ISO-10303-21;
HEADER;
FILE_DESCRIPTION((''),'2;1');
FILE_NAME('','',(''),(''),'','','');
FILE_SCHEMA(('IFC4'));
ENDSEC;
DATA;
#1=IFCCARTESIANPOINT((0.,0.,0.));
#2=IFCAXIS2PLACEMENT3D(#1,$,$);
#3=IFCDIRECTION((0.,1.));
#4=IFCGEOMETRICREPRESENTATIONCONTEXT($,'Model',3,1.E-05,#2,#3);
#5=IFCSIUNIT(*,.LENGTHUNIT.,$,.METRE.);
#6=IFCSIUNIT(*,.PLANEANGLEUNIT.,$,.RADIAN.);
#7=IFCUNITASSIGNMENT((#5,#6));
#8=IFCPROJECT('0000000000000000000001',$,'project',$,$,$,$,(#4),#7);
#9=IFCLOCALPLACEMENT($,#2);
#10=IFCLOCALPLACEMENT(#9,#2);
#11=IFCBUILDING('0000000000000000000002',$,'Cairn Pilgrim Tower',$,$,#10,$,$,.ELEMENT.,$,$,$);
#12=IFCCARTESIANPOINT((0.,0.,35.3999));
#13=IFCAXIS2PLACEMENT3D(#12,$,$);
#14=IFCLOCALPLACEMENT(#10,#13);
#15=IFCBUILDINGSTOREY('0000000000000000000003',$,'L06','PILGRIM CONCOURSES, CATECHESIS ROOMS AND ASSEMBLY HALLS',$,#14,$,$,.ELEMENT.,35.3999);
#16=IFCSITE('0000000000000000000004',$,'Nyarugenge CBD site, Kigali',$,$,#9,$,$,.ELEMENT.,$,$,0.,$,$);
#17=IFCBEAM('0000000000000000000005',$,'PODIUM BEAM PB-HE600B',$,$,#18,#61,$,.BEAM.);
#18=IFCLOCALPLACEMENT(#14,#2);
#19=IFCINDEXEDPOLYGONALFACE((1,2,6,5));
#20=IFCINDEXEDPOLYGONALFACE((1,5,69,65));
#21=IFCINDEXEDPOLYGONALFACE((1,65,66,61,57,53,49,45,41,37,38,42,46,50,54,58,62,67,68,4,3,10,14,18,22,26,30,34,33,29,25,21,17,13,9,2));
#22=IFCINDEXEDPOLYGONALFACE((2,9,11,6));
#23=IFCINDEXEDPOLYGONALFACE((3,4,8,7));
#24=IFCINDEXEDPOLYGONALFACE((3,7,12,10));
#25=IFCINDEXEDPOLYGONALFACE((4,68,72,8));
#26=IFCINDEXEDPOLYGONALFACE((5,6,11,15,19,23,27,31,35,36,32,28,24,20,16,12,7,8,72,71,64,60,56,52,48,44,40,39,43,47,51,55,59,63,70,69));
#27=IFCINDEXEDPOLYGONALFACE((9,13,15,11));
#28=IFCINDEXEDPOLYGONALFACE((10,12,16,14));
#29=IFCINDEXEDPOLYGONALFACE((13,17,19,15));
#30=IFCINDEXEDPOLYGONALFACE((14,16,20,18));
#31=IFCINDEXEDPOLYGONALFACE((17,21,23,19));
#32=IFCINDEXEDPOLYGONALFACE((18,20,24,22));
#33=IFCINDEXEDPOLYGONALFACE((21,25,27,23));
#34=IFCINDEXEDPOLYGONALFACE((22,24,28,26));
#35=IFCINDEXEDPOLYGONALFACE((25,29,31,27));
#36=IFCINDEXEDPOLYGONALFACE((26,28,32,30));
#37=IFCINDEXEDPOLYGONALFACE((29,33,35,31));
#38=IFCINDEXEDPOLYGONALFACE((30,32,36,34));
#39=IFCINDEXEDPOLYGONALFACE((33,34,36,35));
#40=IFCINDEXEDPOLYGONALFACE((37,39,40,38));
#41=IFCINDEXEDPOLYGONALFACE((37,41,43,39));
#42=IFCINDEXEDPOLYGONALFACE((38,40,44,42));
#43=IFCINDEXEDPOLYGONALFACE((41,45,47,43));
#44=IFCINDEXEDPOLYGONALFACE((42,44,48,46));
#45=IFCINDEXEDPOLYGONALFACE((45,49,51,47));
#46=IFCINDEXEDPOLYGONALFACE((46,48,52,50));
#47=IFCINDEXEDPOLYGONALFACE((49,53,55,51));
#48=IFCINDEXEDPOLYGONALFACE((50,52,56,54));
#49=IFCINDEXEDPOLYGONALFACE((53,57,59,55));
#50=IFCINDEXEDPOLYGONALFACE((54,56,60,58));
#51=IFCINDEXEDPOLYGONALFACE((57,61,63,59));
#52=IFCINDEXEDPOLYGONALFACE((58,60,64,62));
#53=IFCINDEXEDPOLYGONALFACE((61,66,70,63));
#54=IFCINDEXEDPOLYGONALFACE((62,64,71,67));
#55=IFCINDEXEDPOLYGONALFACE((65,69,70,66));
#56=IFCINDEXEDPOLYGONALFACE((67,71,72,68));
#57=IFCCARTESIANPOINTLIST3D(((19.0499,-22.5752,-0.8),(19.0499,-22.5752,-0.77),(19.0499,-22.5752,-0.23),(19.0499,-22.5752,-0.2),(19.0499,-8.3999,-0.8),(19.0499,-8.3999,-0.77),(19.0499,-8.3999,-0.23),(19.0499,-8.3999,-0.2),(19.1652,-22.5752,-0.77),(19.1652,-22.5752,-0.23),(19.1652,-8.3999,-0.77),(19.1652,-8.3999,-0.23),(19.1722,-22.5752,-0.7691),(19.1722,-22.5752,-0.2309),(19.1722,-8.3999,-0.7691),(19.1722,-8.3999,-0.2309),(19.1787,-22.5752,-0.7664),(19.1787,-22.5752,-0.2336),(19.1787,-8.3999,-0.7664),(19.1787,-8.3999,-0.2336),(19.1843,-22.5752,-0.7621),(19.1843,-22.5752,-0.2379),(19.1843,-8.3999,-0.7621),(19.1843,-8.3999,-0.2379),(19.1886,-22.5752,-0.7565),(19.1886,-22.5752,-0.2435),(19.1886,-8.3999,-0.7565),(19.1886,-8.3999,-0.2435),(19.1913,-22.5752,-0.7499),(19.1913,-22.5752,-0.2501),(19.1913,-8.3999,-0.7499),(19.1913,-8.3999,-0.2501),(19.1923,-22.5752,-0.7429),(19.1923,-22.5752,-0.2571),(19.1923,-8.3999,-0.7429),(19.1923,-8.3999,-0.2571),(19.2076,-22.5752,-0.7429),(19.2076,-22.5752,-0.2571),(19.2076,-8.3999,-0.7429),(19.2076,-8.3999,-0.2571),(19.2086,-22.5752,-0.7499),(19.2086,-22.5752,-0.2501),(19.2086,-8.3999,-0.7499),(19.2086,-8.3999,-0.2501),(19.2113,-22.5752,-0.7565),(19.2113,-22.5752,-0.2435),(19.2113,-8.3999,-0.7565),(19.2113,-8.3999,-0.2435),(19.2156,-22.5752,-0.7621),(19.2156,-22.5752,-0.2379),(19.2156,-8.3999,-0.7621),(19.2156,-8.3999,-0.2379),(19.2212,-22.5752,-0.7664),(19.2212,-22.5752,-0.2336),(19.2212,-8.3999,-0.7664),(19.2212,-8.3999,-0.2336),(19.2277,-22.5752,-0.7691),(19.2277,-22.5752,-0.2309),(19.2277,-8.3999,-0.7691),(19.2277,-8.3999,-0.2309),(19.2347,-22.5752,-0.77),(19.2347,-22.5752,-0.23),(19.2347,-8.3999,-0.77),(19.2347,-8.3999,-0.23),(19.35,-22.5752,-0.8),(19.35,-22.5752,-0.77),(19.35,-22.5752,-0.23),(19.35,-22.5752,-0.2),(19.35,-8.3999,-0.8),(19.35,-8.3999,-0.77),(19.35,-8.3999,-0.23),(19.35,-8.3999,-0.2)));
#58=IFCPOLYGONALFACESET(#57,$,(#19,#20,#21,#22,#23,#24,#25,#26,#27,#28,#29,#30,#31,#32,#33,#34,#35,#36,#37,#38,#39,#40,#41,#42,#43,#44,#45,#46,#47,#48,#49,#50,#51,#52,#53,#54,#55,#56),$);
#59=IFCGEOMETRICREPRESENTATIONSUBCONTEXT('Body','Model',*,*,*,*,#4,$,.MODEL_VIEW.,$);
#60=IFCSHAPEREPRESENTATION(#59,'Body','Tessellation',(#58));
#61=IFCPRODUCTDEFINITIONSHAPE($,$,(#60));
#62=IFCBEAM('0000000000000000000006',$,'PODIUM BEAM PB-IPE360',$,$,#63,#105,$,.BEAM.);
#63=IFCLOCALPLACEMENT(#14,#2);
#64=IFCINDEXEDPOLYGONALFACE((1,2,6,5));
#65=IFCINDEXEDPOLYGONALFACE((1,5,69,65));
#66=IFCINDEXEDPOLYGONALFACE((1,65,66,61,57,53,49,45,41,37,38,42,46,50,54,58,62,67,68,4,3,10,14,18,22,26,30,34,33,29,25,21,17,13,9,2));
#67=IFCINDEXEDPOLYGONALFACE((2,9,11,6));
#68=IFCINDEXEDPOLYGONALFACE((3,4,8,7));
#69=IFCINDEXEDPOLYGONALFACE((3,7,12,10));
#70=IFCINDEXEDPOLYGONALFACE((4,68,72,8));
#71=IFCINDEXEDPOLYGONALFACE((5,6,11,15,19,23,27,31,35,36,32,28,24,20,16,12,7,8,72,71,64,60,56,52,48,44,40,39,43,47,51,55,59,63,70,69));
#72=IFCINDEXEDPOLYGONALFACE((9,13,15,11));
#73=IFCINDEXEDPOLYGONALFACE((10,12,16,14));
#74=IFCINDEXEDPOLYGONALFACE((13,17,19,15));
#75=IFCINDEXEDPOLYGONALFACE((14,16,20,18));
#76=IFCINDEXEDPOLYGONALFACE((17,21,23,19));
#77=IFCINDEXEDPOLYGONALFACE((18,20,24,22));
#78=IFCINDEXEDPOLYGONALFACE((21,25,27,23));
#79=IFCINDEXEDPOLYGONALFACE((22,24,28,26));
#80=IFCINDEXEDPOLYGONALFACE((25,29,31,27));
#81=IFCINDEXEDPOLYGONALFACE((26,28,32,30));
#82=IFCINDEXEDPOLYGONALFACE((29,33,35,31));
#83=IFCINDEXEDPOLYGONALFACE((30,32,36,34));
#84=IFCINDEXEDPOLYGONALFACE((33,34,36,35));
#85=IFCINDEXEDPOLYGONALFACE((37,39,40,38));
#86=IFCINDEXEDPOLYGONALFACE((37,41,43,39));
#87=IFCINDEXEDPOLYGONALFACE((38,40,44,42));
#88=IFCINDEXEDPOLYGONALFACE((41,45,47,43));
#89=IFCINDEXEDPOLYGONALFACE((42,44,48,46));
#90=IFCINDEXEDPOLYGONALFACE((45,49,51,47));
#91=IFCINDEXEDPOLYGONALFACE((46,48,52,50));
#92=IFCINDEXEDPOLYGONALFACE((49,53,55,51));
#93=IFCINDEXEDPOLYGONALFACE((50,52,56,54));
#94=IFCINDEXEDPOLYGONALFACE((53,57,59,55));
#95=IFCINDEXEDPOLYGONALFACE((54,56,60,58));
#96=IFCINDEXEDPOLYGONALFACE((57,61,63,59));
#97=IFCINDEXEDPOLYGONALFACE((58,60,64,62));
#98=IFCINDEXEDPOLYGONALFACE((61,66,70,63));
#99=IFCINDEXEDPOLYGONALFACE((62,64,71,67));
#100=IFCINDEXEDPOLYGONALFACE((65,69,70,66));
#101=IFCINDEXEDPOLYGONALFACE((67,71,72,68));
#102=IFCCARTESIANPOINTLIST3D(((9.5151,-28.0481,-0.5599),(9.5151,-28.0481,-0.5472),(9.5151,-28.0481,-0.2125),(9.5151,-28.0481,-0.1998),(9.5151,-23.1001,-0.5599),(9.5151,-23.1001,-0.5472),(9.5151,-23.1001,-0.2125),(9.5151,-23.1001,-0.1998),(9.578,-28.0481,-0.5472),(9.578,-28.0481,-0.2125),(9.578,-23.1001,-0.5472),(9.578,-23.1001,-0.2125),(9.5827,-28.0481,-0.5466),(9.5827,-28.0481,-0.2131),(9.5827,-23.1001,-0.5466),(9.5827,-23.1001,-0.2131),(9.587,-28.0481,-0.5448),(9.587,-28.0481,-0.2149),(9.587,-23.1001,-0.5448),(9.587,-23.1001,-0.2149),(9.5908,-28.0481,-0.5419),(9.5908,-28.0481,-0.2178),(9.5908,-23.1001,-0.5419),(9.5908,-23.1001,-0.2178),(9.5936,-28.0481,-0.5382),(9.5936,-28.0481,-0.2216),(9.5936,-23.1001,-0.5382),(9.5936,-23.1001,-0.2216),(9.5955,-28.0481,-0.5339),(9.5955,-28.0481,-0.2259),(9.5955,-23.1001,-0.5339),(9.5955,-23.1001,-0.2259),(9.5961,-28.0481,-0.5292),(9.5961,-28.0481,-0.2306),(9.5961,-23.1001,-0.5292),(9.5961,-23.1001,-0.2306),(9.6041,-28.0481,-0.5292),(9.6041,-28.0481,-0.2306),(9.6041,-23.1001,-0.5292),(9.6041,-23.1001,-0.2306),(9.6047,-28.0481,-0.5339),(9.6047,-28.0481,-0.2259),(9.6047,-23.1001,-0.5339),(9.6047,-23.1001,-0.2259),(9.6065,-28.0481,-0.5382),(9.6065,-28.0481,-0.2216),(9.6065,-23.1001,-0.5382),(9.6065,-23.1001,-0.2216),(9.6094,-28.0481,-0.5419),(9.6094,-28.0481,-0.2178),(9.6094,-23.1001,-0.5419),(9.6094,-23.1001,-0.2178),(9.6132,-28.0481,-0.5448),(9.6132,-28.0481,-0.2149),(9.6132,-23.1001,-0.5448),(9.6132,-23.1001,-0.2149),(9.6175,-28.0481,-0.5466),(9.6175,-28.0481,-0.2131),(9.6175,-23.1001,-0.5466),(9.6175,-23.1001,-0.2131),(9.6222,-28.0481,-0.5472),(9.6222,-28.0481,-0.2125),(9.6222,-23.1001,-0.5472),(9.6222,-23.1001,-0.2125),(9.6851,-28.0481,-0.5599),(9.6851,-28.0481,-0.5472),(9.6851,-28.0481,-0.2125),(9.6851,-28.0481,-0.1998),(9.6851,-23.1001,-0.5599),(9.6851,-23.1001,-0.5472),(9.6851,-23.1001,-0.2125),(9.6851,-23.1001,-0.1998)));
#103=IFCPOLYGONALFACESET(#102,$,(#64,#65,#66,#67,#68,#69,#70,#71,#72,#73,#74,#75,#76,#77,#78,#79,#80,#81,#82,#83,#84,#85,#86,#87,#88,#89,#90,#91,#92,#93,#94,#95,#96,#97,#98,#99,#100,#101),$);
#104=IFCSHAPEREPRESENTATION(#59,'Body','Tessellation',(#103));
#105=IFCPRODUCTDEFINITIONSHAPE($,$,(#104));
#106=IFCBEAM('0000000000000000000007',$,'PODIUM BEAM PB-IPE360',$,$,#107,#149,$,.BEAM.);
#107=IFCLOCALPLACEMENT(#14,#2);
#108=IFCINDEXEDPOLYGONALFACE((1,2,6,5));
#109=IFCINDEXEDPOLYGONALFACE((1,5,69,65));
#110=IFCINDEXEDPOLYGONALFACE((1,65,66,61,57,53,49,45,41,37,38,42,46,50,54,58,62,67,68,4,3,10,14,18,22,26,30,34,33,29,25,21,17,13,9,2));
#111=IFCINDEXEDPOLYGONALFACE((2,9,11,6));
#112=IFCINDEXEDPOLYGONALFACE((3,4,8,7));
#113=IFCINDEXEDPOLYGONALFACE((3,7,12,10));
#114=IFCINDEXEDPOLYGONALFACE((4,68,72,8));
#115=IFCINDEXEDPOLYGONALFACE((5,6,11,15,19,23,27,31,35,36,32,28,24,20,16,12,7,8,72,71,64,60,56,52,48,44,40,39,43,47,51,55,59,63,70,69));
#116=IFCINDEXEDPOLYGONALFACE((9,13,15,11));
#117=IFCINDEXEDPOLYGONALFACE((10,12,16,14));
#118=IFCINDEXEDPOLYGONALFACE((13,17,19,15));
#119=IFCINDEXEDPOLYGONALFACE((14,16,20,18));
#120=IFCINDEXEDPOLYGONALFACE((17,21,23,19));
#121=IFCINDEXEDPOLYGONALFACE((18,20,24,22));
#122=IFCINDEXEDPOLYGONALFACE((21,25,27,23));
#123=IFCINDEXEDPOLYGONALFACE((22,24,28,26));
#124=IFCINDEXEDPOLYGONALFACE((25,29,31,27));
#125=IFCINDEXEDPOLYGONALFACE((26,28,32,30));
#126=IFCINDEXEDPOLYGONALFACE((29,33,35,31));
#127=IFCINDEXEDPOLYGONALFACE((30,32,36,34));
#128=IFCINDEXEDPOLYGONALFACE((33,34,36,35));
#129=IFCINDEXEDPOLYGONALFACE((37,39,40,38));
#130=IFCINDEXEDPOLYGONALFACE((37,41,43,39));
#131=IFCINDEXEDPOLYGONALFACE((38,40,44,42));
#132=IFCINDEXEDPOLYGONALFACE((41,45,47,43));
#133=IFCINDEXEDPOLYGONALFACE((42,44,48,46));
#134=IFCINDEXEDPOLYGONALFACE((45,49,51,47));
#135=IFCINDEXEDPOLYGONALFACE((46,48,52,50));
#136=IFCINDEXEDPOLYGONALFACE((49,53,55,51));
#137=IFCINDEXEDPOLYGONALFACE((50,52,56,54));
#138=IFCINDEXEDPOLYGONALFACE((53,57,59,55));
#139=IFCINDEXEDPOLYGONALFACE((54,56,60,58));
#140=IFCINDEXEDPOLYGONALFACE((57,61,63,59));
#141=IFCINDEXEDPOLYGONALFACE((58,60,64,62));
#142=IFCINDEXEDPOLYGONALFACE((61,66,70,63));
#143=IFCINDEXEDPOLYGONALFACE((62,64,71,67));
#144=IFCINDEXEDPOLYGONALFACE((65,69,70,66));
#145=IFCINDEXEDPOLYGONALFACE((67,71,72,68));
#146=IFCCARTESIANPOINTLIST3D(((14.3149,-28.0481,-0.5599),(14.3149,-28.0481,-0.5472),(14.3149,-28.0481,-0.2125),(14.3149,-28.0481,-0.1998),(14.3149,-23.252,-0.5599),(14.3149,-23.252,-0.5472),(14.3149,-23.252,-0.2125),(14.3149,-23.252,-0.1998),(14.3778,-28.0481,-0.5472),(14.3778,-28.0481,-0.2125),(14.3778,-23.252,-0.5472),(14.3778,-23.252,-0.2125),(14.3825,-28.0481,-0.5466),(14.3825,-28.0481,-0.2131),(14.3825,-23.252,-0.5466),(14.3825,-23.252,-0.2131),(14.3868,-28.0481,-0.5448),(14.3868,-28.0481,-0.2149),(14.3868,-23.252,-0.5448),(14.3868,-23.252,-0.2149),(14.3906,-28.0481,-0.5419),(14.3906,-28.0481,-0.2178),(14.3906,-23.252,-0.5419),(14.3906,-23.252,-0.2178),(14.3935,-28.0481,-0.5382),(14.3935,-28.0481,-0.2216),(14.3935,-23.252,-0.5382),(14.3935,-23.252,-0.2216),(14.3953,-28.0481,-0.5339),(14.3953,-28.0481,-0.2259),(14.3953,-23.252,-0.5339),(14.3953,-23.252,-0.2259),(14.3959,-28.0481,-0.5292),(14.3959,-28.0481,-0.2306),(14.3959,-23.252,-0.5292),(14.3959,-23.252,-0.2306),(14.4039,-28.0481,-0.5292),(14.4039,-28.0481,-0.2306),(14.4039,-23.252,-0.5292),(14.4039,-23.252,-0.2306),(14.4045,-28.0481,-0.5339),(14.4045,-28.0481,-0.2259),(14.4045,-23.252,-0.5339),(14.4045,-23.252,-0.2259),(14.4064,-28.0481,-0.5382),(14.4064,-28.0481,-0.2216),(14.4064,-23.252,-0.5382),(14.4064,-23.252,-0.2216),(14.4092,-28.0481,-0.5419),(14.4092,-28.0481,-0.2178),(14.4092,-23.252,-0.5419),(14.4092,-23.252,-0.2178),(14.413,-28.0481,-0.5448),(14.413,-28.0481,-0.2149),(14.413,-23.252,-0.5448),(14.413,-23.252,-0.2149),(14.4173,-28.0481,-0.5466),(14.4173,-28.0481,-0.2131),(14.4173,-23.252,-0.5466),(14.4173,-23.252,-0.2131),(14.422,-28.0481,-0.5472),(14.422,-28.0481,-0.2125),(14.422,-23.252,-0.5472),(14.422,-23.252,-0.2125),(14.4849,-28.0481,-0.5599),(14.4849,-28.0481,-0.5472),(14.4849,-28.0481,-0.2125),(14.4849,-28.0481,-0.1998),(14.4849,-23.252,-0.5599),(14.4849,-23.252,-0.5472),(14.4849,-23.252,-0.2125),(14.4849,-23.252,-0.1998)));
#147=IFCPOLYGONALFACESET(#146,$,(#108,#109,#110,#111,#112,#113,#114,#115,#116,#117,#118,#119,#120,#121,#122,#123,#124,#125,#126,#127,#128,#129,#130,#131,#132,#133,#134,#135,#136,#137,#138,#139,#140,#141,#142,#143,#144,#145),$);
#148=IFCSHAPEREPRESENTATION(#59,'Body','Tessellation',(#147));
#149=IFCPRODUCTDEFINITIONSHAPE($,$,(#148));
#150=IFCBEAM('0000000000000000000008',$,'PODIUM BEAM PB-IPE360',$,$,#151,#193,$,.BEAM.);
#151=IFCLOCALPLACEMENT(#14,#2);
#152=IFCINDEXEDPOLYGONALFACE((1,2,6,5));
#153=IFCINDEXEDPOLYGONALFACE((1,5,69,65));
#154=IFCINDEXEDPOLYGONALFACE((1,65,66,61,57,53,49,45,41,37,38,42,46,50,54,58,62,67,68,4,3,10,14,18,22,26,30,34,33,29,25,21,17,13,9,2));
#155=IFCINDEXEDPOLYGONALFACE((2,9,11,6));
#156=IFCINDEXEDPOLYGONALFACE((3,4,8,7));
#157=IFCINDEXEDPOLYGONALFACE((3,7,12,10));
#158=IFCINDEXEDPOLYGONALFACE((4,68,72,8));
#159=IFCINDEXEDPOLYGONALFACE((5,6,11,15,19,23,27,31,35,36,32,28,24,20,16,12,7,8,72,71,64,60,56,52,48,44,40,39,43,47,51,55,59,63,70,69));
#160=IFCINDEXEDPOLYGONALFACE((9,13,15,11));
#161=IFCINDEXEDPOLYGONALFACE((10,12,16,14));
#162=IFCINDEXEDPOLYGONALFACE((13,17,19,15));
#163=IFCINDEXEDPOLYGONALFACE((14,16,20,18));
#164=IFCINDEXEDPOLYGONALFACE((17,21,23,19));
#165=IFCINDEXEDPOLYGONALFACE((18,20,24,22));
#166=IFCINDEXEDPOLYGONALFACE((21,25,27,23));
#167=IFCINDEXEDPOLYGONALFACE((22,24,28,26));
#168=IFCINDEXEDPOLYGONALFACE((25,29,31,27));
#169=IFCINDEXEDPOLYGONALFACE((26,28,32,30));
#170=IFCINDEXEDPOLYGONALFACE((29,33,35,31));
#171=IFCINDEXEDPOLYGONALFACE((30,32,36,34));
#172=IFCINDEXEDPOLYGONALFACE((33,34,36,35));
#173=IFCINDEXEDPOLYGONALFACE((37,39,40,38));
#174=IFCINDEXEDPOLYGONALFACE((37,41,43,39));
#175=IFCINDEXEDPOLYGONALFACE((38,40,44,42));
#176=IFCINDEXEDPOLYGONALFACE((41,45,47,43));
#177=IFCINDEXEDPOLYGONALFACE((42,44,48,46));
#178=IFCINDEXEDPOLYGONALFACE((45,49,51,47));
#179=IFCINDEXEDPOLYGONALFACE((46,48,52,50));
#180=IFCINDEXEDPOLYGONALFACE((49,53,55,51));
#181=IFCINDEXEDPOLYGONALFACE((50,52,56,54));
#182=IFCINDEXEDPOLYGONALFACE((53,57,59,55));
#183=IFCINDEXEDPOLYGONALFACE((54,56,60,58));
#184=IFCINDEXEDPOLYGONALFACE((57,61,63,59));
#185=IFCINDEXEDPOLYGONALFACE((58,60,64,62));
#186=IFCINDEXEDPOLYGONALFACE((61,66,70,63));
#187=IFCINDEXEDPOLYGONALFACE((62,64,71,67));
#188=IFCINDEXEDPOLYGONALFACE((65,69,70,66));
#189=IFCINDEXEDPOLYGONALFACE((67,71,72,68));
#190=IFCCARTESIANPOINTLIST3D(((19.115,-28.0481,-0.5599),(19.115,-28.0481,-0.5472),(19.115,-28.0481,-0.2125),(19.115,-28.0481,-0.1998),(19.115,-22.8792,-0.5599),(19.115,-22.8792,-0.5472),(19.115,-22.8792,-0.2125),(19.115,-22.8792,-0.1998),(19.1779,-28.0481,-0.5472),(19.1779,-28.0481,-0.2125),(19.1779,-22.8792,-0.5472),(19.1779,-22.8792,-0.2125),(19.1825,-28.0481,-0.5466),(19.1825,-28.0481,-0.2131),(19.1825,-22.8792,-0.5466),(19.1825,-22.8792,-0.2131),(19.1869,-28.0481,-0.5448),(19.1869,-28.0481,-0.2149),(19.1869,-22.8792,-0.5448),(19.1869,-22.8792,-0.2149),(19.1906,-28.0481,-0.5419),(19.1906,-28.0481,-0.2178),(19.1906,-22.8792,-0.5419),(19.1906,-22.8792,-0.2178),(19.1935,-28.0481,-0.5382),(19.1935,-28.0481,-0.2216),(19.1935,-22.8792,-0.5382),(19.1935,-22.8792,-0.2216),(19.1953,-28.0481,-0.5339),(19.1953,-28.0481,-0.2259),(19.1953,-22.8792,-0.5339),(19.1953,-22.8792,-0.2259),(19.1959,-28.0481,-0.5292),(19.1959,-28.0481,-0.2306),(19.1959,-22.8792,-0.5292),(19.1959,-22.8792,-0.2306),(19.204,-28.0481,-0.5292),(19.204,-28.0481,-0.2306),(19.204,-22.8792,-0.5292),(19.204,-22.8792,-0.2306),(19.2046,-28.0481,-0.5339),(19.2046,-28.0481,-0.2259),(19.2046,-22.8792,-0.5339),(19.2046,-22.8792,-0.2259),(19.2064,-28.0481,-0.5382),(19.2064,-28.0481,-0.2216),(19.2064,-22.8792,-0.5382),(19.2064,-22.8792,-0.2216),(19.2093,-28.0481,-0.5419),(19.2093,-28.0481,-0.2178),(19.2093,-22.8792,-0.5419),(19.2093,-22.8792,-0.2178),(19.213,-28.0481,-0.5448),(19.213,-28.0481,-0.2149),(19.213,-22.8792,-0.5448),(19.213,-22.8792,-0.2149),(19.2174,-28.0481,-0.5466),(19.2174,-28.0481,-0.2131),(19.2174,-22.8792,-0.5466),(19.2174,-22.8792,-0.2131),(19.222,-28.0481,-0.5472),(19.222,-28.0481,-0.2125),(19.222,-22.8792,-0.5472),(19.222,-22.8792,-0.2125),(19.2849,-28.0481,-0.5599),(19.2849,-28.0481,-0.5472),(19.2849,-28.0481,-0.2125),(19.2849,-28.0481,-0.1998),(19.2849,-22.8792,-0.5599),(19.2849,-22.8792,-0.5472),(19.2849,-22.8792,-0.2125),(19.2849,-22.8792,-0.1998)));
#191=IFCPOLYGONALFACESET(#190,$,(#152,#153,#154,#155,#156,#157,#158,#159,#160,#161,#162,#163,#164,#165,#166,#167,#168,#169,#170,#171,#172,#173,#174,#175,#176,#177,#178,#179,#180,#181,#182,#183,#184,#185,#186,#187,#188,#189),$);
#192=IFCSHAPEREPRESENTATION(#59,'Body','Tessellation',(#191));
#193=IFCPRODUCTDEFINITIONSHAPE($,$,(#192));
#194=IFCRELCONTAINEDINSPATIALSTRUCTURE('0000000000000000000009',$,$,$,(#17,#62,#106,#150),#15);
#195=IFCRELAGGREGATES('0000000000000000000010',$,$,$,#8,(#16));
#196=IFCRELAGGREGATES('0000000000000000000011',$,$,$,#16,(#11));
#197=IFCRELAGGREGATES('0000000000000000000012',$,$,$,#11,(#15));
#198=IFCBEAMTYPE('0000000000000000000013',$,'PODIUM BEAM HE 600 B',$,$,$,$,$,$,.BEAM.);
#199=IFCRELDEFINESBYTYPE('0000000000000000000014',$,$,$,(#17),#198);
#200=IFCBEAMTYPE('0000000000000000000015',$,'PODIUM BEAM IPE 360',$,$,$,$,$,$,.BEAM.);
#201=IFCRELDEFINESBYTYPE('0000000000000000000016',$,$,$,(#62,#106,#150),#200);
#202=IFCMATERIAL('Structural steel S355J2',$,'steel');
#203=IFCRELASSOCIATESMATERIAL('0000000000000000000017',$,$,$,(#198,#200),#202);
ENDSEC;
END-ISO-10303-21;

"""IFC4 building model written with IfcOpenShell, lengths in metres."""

from ifc_helpers import new_model, si_unit, direction, frame, origin, origin_2d, place, context, subcontext, project, spatial, i_section, extrude, material, material_profile, profile_set, type_object, element, save


model = new_model("IFC4")

# Units and contexts
model_context = context("Model", 3, precision=1e-05, world=origin(), true_north=direction((0.0, 1.0)))
body_context = subcontext(model_context, "Body", "Model", "MODEL_VIEW")
ifc_project = project(units=[si_unit("LENGTHUNIT", "METRE"), si_unit("PLANEANGLEUNIT", "RADIAN")], contexts=[model_context])

# Site, building, storey
site_placement = place(None, origin())
site = spatial("IfcSite", under=ifc_project, at=site_placement, Name="Nyarugenge CBD site, Kigali", CompositionType="ELEMENT", RefElevation=0.0)
building_placement = place(site_placement, origin())
building = spatial("IfcBuilding", under=site, at=building_placement, Name="Cairn Pilgrim Tower", CompositionType="ELEMENT")
storey_placement = place(building_placement, frame((0.0, 0.0, 35.3999)))
storey = spatial("IfcBuildingStorey", under=building, at=storey_placement, Name="L06", Description="PILGRIM CONCOURSES, CATECHESIS ROOMS AND ASSEMBLY HALLS", CompositionType="ELEMENT", Elevation=35.3999)

# Beams
ifc_material_1 = material(Name="Structural steel S355J2", Category="steel")
ifc_material_profile_1 = material_profile(ifc_material_1, i_section(OverallWidth=0.3, OverallDepth=0.6001, WebThickness=0.0154, FlangeThickness=0.03, FilletRadius=0.0271, at=origin_2d()), Name="HEB 600")
ifc_profile_set_1 = profile_set([ifc_material_profile_1], Name="Structural steel S355J2")
beam_type_1 = type_object("IfcBeamType", Name="PODIUM BEAM HE 600 B", PredefinedType="BEAM", material=ifc_profile_set_1)
beam_1_placement = place(storey_placement, frame((19.2, -22.5752, -0.5), z_axis=(0.0, 1.0, 0.0), x_axis=(-1.0, 0.0, 0.0)))
element("IfcBeam", 1, at=beam_1_placement, inside=storey, type_object=beam_type_1, Name="PODIUM BEAM PB-HE600B", PredefinedType="BEAM", context=body_context, shape_type="SweptSolid", body=[
    extrude(i_section(OverallWidth=0.3, OverallDepth=0.6001, WebThickness=0.0154, FlangeThickness=0.03, FilletRadius=0.0271, at=origin_2d()), origin(), (0.0, 0.0, 1.0), 14.1753),
])
ifc_material_profile_2 = material_profile(ifc_material_1, i_section(OverallWidth=0.1699, OverallDepth=0.3601, WebThickness=0.0081, FlangeThickness=0.0127, FilletRadius=0.0181, at=origin_2d()), Name="IPE 360")
ifc_profile_set_2 = profile_set([ifc_material_profile_2], Name="Structural steel S355J2")
beam_type_2 = type_object("IfcBeamType", Name="PODIUM BEAM IPE 360", PredefinedType="BEAM", material=ifc_profile_set_2)
beam_2_placement = place(storey_placement, frame((9.6001, -28.0481, -0.3799), z_axis=(0.0, 1.0, 0.0), x_axis=(-1.0, 0.0, 0.0)))
element("IfcBeam", 2, at=beam_2_placement, inside=storey, type_object=beam_type_2, Name="PODIUM BEAM PB-IPE360", PredefinedType="BEAM", context=body_context, shape_type="SweptSolid", body=[
    extrude(i_section(OverallWidth=0.1699, OverallDepth=0.3601, WebThickness=0.0081, FlangeThickness=0.0127, FilletRadius=0.0181, at=origin_2d()), origin(), (0.0, 0.0, 1.0), 4.948),
])
beam_3_placement = place(storey_placement, frame((14.3999, -28.0481, -0.3799), z_axis=(0.0, 1.0, 0.0), x_axis=(-1.0, 0.0, 0.0)))
element("IfcBeam", 3, at=beam_3_placement, inside=storey, type_object=beam_type_2, Name="PODIUM BEAM PB-IPE360", PredefinedType="BEAM", context=body_context, shape_type="SweptSolid", body=[
    extrude(i_section(OverallWidth=0.1699, OverallDepth=0.3601, WebThickness=0.0081, FlangeThickness=0.0127, FilletRadius=0.0181, at=origin_2d()), origin(), (0.0, 0.0, 1.0), 4.7961),
])
beam_4_placement = place(storey_placement, frame((19.2, -28.0481, -0.3799), z_axis=(0.0, 1.0, 0.0), x_axis=(-1.0, 0.0, 0.0)))
element("IfcBeam", 4, at=beam_4_placement, inside=storey, type_object=beam_type_2, Name="PODIUM BEAM PB-IPE360", PredefinedType="BEAM", context=body_context, shape_type="SweptSolid", body=[
    extrude(i_section(OverallWidth=0.1699, OverallDepth=0.3601, WebThickness=0.0081, FlangeThickness=0.0127, FilletRadius=0.0181, at=origin_2d()), origin(), (0.0, 0.0, 1.0), 5.1689),
])

save(model, "model.ifc")
